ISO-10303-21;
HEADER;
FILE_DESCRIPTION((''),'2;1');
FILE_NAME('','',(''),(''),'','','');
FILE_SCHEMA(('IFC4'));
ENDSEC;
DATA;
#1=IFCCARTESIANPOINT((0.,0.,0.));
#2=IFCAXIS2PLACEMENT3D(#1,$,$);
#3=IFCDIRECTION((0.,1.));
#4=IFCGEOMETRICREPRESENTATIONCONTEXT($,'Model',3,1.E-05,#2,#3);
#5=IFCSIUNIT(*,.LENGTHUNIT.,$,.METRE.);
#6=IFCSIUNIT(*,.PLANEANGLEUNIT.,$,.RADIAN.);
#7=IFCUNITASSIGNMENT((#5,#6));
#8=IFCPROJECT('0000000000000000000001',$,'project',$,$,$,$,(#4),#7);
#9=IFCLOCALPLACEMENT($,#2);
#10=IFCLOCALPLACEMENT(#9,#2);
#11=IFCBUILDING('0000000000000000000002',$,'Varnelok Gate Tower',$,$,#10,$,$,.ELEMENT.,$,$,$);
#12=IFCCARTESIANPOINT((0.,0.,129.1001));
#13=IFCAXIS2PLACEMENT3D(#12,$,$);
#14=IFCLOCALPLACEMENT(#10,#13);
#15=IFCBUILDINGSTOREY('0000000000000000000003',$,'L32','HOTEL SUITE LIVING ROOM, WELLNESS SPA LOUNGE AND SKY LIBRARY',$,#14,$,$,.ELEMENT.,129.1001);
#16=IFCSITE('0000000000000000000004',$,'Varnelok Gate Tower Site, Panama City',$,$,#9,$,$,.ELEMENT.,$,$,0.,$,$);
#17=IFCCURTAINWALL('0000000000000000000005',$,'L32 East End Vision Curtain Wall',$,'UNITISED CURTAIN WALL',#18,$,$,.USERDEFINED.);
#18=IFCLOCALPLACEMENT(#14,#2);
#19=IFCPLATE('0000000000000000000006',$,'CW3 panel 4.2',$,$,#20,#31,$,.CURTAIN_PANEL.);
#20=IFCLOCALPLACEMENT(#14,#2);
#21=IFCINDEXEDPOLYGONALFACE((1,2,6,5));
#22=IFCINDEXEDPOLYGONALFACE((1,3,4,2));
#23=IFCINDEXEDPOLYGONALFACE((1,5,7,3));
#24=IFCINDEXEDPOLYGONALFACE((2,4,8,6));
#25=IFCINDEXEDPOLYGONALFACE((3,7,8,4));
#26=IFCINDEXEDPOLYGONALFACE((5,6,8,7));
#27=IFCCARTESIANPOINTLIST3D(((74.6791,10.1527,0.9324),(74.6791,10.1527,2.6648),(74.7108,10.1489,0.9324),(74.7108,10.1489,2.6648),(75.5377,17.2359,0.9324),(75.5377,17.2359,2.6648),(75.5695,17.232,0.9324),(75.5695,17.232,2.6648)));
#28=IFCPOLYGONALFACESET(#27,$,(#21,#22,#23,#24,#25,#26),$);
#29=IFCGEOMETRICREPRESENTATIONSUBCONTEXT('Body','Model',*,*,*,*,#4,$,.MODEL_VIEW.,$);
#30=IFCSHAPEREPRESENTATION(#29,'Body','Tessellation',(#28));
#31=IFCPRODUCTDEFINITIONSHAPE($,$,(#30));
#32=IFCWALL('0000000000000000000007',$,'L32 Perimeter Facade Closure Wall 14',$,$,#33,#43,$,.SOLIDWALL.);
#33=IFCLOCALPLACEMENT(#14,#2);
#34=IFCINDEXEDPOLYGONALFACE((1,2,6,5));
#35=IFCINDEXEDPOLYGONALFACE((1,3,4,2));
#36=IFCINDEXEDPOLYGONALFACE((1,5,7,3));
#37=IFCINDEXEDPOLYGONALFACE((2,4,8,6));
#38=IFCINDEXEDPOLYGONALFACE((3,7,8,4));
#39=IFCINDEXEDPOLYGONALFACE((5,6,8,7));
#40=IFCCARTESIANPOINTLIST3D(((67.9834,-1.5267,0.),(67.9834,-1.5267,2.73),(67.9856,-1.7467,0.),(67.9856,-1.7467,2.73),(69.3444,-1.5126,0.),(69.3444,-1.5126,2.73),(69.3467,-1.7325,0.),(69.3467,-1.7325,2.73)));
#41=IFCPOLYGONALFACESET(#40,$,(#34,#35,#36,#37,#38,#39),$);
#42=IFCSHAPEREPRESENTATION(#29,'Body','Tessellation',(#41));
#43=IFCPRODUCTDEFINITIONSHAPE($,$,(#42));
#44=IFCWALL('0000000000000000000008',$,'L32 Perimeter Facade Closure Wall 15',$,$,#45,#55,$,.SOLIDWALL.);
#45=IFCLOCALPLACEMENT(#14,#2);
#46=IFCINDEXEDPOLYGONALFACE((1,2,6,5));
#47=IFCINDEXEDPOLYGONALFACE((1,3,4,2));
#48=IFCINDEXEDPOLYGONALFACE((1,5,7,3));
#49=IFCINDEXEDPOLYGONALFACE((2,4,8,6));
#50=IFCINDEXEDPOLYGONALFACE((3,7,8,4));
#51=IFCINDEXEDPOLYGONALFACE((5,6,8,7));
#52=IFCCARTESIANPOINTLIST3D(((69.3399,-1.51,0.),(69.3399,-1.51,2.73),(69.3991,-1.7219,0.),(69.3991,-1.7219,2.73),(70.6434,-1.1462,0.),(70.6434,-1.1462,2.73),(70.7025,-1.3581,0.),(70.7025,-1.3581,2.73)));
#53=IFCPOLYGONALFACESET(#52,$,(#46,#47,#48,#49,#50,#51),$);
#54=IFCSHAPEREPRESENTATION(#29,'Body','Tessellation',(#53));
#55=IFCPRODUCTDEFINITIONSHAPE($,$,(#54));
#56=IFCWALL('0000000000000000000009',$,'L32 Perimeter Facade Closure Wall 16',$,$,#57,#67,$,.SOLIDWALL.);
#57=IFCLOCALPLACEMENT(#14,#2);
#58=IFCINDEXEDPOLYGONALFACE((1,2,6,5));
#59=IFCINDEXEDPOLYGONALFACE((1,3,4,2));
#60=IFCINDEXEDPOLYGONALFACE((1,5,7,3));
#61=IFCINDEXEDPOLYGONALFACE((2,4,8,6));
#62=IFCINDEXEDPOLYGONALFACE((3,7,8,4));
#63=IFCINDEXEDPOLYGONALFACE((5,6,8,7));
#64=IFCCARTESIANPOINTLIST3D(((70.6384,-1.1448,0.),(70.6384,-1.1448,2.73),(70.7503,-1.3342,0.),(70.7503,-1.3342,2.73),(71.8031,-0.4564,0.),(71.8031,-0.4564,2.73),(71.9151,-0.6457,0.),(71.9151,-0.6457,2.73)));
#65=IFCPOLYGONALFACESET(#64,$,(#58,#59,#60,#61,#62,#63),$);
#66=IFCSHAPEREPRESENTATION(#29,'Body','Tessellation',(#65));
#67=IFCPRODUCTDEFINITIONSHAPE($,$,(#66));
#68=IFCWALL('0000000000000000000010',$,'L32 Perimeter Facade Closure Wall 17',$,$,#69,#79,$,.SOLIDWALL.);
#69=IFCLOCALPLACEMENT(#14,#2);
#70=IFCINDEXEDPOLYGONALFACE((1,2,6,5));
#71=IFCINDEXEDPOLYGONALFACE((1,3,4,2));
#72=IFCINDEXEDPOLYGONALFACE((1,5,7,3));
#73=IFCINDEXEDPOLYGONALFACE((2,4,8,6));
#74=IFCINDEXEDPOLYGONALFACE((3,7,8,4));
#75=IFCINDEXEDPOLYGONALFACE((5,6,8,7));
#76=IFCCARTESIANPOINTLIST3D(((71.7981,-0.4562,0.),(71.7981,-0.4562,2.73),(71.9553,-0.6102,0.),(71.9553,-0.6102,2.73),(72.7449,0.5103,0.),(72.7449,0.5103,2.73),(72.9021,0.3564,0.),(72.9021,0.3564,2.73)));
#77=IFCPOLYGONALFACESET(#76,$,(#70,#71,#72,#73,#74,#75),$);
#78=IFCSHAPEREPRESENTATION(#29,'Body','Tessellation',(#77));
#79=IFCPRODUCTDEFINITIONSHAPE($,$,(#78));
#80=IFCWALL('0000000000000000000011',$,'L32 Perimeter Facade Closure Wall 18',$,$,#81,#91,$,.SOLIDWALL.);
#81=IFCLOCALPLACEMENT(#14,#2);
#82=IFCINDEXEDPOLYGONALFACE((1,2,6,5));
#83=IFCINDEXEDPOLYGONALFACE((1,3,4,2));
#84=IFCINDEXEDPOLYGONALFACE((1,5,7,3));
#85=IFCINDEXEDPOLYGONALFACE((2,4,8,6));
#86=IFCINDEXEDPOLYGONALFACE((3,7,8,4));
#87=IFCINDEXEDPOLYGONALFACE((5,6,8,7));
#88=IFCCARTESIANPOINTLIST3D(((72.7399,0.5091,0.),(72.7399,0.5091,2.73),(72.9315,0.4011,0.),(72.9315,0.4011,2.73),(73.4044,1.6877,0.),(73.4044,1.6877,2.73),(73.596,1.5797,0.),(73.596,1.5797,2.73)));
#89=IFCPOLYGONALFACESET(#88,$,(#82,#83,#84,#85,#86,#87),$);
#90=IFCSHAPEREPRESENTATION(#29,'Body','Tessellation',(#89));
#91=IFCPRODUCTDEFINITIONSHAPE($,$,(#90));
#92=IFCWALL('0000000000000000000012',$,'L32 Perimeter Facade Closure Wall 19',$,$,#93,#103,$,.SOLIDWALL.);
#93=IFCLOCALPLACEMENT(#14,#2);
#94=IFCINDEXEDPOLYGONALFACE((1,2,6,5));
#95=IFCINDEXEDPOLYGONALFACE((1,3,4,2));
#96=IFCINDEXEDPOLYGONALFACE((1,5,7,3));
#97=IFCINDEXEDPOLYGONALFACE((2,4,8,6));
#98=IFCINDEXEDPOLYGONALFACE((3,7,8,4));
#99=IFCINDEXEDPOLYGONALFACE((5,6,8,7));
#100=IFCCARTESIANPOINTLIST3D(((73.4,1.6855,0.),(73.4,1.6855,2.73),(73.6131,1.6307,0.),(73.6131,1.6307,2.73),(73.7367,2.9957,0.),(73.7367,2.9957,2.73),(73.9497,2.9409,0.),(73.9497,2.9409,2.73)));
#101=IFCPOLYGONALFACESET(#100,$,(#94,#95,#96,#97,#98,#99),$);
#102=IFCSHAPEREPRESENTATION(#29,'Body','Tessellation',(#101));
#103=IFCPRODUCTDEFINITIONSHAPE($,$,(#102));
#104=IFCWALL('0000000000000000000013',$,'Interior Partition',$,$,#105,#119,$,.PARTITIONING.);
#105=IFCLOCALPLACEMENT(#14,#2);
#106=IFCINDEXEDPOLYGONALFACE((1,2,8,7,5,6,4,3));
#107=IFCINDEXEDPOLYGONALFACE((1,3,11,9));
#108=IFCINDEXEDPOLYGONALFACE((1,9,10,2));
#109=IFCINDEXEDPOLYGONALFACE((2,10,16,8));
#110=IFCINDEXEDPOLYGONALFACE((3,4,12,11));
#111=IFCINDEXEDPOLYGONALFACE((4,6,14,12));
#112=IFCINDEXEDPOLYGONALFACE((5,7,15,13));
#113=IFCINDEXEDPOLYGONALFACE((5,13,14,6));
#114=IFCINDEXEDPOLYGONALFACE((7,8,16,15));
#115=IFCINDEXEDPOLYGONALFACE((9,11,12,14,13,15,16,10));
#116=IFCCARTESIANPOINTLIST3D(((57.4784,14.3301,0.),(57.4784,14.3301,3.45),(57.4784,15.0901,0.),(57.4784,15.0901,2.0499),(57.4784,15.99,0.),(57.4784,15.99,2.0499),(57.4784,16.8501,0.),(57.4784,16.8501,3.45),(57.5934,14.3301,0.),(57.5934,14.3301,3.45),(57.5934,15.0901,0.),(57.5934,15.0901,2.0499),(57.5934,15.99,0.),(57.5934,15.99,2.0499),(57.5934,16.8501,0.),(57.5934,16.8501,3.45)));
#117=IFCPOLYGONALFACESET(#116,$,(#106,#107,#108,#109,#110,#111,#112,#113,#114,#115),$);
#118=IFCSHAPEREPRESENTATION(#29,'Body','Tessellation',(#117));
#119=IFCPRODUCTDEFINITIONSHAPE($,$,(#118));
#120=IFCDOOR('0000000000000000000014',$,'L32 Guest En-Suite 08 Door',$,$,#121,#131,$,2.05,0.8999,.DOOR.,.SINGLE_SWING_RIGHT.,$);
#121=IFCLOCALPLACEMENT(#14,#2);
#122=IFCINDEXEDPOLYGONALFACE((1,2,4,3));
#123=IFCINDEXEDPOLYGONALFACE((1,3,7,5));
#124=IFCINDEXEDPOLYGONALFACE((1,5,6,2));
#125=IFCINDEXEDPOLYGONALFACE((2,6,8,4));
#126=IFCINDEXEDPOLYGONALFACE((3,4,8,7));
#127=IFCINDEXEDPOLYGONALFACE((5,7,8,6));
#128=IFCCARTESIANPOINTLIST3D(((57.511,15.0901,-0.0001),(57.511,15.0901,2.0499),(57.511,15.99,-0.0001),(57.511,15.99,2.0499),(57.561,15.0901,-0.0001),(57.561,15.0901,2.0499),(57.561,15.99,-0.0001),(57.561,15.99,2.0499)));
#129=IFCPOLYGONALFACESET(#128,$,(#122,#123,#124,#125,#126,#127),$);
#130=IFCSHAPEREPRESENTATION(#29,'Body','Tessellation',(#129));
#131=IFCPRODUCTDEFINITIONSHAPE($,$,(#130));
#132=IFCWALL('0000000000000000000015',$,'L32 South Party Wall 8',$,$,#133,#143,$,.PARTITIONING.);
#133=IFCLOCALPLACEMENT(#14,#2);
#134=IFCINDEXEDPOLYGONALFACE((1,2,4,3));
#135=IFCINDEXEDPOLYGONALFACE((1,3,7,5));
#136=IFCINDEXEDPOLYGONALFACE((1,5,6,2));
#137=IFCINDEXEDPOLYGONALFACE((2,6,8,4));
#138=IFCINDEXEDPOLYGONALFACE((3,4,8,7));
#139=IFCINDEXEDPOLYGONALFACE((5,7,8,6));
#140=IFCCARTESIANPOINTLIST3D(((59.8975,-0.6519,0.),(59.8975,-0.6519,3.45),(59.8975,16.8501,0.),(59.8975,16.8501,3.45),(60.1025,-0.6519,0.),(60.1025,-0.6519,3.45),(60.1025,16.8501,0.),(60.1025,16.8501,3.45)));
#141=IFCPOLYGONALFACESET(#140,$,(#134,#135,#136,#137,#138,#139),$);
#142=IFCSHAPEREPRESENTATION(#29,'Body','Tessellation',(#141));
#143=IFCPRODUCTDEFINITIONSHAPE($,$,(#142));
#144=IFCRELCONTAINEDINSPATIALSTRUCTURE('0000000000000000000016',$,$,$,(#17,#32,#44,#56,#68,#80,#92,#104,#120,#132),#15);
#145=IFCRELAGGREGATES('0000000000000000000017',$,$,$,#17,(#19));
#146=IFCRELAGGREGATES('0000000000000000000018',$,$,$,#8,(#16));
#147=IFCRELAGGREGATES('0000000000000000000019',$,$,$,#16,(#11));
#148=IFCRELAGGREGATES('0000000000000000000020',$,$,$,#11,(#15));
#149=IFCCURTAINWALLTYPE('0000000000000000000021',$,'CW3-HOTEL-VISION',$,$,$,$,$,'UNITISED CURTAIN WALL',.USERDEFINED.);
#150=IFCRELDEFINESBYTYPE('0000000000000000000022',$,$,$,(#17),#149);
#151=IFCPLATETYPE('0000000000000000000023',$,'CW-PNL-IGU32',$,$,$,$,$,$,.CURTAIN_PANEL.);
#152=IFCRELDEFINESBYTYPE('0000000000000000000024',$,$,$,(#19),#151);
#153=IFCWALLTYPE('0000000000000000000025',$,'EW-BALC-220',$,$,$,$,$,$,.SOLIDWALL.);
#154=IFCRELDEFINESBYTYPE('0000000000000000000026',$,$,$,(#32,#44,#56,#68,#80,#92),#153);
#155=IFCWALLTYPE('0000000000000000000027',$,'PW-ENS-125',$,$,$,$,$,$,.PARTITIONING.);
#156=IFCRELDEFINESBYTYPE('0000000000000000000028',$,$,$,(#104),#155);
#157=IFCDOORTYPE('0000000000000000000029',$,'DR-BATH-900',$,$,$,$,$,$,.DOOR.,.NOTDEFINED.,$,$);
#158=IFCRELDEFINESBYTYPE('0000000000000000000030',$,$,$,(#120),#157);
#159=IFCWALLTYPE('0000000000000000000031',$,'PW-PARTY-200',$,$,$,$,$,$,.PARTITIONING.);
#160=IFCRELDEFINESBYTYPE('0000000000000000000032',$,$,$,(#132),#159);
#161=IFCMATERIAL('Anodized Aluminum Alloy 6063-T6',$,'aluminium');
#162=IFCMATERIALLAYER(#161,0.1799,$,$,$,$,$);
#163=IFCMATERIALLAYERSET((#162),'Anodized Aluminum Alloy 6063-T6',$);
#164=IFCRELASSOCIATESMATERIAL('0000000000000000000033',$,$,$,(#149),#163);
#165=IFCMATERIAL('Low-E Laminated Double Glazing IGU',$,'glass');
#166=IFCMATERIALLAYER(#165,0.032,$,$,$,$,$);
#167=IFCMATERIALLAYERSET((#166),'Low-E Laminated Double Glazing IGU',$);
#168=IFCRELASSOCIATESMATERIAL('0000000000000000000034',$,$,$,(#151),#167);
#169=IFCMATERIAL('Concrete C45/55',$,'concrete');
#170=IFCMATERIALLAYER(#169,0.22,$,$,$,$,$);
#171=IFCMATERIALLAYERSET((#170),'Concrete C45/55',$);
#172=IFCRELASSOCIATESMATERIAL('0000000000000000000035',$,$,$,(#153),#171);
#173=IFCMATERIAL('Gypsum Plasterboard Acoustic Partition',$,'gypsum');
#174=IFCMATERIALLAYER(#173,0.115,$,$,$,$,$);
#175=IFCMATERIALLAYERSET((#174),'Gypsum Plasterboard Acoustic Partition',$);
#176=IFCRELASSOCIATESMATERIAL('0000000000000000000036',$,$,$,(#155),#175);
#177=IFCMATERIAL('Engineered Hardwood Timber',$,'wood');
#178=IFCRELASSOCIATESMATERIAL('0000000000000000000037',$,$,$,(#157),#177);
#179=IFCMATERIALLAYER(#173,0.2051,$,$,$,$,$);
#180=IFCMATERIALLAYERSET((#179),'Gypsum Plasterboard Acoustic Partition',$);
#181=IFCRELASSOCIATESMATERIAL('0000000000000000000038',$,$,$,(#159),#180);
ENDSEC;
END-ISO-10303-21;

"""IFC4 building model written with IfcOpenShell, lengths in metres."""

from ifc_helpers import new_model, si_unit, direction, frame, frame_2d, origin, origin_2d, place, context, subcontext, project, spatial, rectangle, extrude, source, transform, mapped, material, layer, layer_set, type_object, element, fill, aggregate, save


model = new_model("IFC4")

# Units and contexts
model_context = context("Model", 3, precision=1e-05, world=origin(), true_north=direction((0.0, 1.0)))
body_context = subcontext(model_context, "Body", "Model", "MODEL_VIEW")
ifc_project = project(units=[si_unit("LENGTHUNIT", "METRE"), si_unit("PLANEANGLEUNIT", "RADIAN")], contexts=[model_context])

# Site, building, storey
site_placement = place(None, origin())
site = spatial("IfcSite", under=ifc_project, at=site_placement, Name="Varnelok Gate Tower Site, Panama City", CompositionType="ELEMENT", RefElevation=0.0)
building_placement = place(site_placement, origin())
building = spatial("IfcBuilding", under=site, at=building_placement, Name="Varnelok Gate Tower", CompositionType="ELEMENT")
storey_placement = place(building_placement, frame((0.0, 0.0, 129.1001)))
storey = spatial("IfcBuildingStorey", under=building, at=storey_placement, Name="L32", Description="HOTEL SUITE LIVING ROOM, WELLNESS SPA LOUNGE AND SKY LIBRARY", CompositionType="ELEMENT", Elevation=129.1001)

# Curtain wall, plate
ifc_material_1 = material(Name="Anodized Aluminum Alloy 6063-T6", Category="aluminium")
ifc_layer_1 = layer(ifc_material_1, 0.1799)
ifc_layer_set_1 = layer_set([ifc_layer_1], Name="Anodized Aluminum Alloy 6063-T6")
curtain_wall_type = type_object("IfcCurtainWallType", Name="CW3-HOTEL-VISION", ElementType="UNITISED CURTAIN WALL", PredefinedType="USERDEFINED", material=ifc_layer_set_1)
curtain_wall_placement = place(storey_placement, origin())
curtain_wall = element("IfcCurtainWall", 1, at=curtain_wall_placement, inside=storey, type_object=curtain_wall_type, Name="L32 East End Vision Curtain Wall", ObjectType="UNITISED CURTAIN WALL", PredefinedType="USERDEFINED")
ifc_material_2 = material(Name="Low-E Laminated Double Glazing IGU", Category="glass")
ifc_layer_2 = layer(ifc_material_2, 0.032)
ifc_layer_set_2 = layer_set([ifc_layer_2], Name="Low-E Laminated Double Glazing IGU")
plate_type = type_object("IfcPlateType", Name="CW-PNL-IGU32", PredefinedType="CURTAIN_PANEL", material=ifc_layer_set_2)
shared_shape_1 = source(origin(), body_context, "Body", "SweptSolid", [
    extrude(rectangle(XDim=7.135, YDim=0.032, at=origin_2d()), origin(), (0.0, 0.0, 1.0), 1.7324),
])
plate_1_placement = place(storey_placement, frame((75.1243, 13.6924, 0.9324), z_axis=(0.0, 0.0, 1.0), x_axis=(-0.120347, -0.992732, 0.0)))
plate_1 = element("IfcPlate", 2, at=plate_1_placement, type_object=plate_type, Name="CW3 panel 4.2", PredefinedType="CURTAIN_PANEL", context=body_context, shape_type="MappedRepresentation", body=[
    mapped(shared_shape_1, transform((0.0, 0.0, 0.0), scale=1.0)),
])
aggregate(curtain_wall, [plate_1])

# Walls
ifc_material_3 = material(Name="Concrete C45/55", Category="concrete")
ifc_layer_3 = layer(ifc_material_3, 0.22)
ifc_layer_set_3 = layer_set([ifc_layer_3], Name="Concrete C45/55")
wall_type_1 = type_object("IfcWallType", Name="EW-BALC-220", PredefinedType="SOLIDWALL", material=ifc_layer_set_3)
wall_1_placement = place(storey_placement, frame((67.9844, -1.6367, 0.0), z_axis=(0.0, 0.0, 1.0), x_axis=(0.999946, 0.010403, 0.0)))
element("IfcWall", 3, at=wall_1_placement, inside=storey, type_object=wall_type_1, Name="L32 Perimeter Facade Closure Wall 14", PredefinedType="SOLIDWALL", context=body_context, shape_type="SweptSolid", body=[
    extrude(rectangle(XDim=1.3611, YDim=0.22, at=frame_2d((0.6807, 0.0))), origin(), (0.0, 0.0, 1.0), 2.73),
])
wall_2_placement = place(storey_placement, frame((69.3694, -1.616, 0.0), z_axis=(0.0, 0.0, 1.0), x_axis=(0.963194, 0.268807, 0.0)))
element("IfcWall", 4, at=wall_2_placement, inside=storey, type_object=wall_type_1, Name="L32 Perimeter Facade Closure Wall 15", PredefinedType="SOLIDWALL", context=body_context, shape_type="SweptSolid", body=[
    extrude(rectangle(XDim=1.3533, YDim=0.22, at=frame_2d((0.6768, 0.0))), origin(), (0.0, 0.0, 1.0), 2.73),
])
for number, where, z_axis, x_axis, name in (
    (5, (70.6943, -1.2395, 0.0), (0.0, 0.0, 1.0), (0.860865, 0.508833, 0.0), "L32 Perimeter Facade Closure Wall 16"),
    (6, (71.8767, -0.5332, 0.0), (0.0, 0.0, 1.0), (0.699761, 0.714377, 0.0), "L32 Perimeter Facade Closure Wall 17"),
    (7, (72.8357, 0.4551, 0.0), (0.0, 0.0, 1.0), (0.491118, 0.871093, 0.0), "L32 Perimeter Facade Closure Wall 18"),
):
    element("IfcWall", number, at=place(storey_placement, frame(where, z_axis=z_axis, x_axis=x_axis)), inside=storey, type_object=wall_type_1, Name=name, PredefinedType="SOLIDWALL", context=body_context, shape_type="SweptSolid", body=[
        extrude(rectangle(XDim=1.353, YDim=0.22, at=frame_2d((0.6765, 0.0))), origin(), (0.0, 0.0, 1.0), 2.73),
    ])
wall_3_placement = place(storey_placement, frame((73.5066, 1.6582, 0.0), z_axis=(0.0, 0.0, 1.0), x_axis=(0.248857, 0.96854, 0.0)))
element("IfcWall", 8, at=wall_3_placement, inside=storey, type_object=wall_type_1, Name="L32 Perimeter Facade Closure Wall 19", PredefinedType="SOLIDWALL", context=body_context, shape_type="SweptSolid", body=[
    extrude(rectangle(XDim=1.3528, YDim=0.22, at=frame_2d((0.6763, 0.0))), origin(), (0.0, 0.0, 1.0), 2.73),
])

# Wall, opening, door
ifc_material_4 = material(Name="Gypsum Plasterboard Acoustic Partition", Category="gypsum")
ifc_layer_4 = layer(ifc_material_4, 0.115)
ifc_layer_set_4 = layer_set([ifc_layer_4], Name="Gypsum Plasterboard Acoustic Partition")
wall_type_2 = type_object("IfcWallType", Name="PW-ENS-125", PredefinedType="PARTITIONING", material=ifc_layer_set_4)
wall_4_placement = place(storey_placement, frame((57.5359, 14.3301, 0.0), z_axis=(0.0, 0.0, 1.0), x_axis=(0.0, 1.0, 0.0)))
wall_4 = element("IfcWall", 9, at=wall_4_placement, inside=storey, type_object=wall_type_2, Name="Interior Partition", PredefinedType="PARTITIONING", context=body_context, shape_type="SweptSolid", body=[
    extrude(rectangle(XDim=2.52, YDim=0.115, at=frame_2d((1.26, 0.0))), origin(), (0.0, 0.0, 1.0), 3.45),
])
opening_placement = place(wall_4_placement, frame((0.76, 0.0, 0.0)))
opening = element("IfcOpeningElement", 10, at=opening_placement, cuts=wall_4, PredefinedType="OPENING", context=body_context, shape_type="SweptSolid", body=[
    extrude(rectangle(XDim=0.8999, YDim=2.05, at=frame_2d((0.45, 1.0249))), frame((0.0, 0.0674, 0.0), z_axis=(0.0, -1.0, 0.0), x_axis=(1.0, 0.0, 0.0)), (0.0, 0.0, 1.0), 0.135),
])
ifc_material_5 = material(Name="Engineered Hardwood Timber", Category="wood")
door_type = type_object("IfcDoorType", Name="DR-BATH-900", OperationType="NOTDEFINED", PredefinedType="DOOR", material=ifc_material_5)
door_placement = place(opening_placement, origin())
door = element("IfcDoor", 11, at=door_placement, inside=storey, type_object=door_type, Name="L32 Guest En-Suite 08 Door", OperationType="SINGLE_SWING_RIGHT", OverallHeight=2.05, OverallWidth=0.8999, PredefinedType="DOOR", context=body_context, shape_type="SweptSolid", body=[
    extrude(rectangle(XDim=0.8999, YDim=2.05, at=frame_2d((0.45, 1.0249))), frame((0.0, 0.0249, 0.0), z_axis=(0.0, -1.0, 0.0), x_axis=(1.0, 0.0, 0.0)), (0.0, 0.0, 1.0), 0.05),
])
fill(opening, door)

# Wall
ifc_layer_5 = layer(ifc_material_4, 0.2051)
ifc_layer_set_5 = layer_set([ifc_layer_5], Name="Gypsum Plasterboard Acoustic Partition")
wall_type_3 = type_object("IfcWallType", Name="PW-PARTY-200", PredefinedType="PARTITIONING", material=ifc_layer_set_5)
wall_5_placement = place(storey_placement, frame((60.0, -0.6519, 0.0), z_axis=(0.0, 0.0, 1.0), x_axis=(0.0, 1.0, 0.0)))
element("IfcWall", 12, at=wall_5_placement, inside=storey, type_object=wall_type_3, Name="L32 South Party Wall 8", PredefinedType="PARTITIONING", context=body_context, shape_type="SweptSolid", body=[
    extrude(rectangle(XDim=17.502, YDim=0.2051, at=frame_2d((8.751, 0.0))), origin(), (0.0, 0.0, 1.0), 3.45),
])

save(model, "model.ifc")
